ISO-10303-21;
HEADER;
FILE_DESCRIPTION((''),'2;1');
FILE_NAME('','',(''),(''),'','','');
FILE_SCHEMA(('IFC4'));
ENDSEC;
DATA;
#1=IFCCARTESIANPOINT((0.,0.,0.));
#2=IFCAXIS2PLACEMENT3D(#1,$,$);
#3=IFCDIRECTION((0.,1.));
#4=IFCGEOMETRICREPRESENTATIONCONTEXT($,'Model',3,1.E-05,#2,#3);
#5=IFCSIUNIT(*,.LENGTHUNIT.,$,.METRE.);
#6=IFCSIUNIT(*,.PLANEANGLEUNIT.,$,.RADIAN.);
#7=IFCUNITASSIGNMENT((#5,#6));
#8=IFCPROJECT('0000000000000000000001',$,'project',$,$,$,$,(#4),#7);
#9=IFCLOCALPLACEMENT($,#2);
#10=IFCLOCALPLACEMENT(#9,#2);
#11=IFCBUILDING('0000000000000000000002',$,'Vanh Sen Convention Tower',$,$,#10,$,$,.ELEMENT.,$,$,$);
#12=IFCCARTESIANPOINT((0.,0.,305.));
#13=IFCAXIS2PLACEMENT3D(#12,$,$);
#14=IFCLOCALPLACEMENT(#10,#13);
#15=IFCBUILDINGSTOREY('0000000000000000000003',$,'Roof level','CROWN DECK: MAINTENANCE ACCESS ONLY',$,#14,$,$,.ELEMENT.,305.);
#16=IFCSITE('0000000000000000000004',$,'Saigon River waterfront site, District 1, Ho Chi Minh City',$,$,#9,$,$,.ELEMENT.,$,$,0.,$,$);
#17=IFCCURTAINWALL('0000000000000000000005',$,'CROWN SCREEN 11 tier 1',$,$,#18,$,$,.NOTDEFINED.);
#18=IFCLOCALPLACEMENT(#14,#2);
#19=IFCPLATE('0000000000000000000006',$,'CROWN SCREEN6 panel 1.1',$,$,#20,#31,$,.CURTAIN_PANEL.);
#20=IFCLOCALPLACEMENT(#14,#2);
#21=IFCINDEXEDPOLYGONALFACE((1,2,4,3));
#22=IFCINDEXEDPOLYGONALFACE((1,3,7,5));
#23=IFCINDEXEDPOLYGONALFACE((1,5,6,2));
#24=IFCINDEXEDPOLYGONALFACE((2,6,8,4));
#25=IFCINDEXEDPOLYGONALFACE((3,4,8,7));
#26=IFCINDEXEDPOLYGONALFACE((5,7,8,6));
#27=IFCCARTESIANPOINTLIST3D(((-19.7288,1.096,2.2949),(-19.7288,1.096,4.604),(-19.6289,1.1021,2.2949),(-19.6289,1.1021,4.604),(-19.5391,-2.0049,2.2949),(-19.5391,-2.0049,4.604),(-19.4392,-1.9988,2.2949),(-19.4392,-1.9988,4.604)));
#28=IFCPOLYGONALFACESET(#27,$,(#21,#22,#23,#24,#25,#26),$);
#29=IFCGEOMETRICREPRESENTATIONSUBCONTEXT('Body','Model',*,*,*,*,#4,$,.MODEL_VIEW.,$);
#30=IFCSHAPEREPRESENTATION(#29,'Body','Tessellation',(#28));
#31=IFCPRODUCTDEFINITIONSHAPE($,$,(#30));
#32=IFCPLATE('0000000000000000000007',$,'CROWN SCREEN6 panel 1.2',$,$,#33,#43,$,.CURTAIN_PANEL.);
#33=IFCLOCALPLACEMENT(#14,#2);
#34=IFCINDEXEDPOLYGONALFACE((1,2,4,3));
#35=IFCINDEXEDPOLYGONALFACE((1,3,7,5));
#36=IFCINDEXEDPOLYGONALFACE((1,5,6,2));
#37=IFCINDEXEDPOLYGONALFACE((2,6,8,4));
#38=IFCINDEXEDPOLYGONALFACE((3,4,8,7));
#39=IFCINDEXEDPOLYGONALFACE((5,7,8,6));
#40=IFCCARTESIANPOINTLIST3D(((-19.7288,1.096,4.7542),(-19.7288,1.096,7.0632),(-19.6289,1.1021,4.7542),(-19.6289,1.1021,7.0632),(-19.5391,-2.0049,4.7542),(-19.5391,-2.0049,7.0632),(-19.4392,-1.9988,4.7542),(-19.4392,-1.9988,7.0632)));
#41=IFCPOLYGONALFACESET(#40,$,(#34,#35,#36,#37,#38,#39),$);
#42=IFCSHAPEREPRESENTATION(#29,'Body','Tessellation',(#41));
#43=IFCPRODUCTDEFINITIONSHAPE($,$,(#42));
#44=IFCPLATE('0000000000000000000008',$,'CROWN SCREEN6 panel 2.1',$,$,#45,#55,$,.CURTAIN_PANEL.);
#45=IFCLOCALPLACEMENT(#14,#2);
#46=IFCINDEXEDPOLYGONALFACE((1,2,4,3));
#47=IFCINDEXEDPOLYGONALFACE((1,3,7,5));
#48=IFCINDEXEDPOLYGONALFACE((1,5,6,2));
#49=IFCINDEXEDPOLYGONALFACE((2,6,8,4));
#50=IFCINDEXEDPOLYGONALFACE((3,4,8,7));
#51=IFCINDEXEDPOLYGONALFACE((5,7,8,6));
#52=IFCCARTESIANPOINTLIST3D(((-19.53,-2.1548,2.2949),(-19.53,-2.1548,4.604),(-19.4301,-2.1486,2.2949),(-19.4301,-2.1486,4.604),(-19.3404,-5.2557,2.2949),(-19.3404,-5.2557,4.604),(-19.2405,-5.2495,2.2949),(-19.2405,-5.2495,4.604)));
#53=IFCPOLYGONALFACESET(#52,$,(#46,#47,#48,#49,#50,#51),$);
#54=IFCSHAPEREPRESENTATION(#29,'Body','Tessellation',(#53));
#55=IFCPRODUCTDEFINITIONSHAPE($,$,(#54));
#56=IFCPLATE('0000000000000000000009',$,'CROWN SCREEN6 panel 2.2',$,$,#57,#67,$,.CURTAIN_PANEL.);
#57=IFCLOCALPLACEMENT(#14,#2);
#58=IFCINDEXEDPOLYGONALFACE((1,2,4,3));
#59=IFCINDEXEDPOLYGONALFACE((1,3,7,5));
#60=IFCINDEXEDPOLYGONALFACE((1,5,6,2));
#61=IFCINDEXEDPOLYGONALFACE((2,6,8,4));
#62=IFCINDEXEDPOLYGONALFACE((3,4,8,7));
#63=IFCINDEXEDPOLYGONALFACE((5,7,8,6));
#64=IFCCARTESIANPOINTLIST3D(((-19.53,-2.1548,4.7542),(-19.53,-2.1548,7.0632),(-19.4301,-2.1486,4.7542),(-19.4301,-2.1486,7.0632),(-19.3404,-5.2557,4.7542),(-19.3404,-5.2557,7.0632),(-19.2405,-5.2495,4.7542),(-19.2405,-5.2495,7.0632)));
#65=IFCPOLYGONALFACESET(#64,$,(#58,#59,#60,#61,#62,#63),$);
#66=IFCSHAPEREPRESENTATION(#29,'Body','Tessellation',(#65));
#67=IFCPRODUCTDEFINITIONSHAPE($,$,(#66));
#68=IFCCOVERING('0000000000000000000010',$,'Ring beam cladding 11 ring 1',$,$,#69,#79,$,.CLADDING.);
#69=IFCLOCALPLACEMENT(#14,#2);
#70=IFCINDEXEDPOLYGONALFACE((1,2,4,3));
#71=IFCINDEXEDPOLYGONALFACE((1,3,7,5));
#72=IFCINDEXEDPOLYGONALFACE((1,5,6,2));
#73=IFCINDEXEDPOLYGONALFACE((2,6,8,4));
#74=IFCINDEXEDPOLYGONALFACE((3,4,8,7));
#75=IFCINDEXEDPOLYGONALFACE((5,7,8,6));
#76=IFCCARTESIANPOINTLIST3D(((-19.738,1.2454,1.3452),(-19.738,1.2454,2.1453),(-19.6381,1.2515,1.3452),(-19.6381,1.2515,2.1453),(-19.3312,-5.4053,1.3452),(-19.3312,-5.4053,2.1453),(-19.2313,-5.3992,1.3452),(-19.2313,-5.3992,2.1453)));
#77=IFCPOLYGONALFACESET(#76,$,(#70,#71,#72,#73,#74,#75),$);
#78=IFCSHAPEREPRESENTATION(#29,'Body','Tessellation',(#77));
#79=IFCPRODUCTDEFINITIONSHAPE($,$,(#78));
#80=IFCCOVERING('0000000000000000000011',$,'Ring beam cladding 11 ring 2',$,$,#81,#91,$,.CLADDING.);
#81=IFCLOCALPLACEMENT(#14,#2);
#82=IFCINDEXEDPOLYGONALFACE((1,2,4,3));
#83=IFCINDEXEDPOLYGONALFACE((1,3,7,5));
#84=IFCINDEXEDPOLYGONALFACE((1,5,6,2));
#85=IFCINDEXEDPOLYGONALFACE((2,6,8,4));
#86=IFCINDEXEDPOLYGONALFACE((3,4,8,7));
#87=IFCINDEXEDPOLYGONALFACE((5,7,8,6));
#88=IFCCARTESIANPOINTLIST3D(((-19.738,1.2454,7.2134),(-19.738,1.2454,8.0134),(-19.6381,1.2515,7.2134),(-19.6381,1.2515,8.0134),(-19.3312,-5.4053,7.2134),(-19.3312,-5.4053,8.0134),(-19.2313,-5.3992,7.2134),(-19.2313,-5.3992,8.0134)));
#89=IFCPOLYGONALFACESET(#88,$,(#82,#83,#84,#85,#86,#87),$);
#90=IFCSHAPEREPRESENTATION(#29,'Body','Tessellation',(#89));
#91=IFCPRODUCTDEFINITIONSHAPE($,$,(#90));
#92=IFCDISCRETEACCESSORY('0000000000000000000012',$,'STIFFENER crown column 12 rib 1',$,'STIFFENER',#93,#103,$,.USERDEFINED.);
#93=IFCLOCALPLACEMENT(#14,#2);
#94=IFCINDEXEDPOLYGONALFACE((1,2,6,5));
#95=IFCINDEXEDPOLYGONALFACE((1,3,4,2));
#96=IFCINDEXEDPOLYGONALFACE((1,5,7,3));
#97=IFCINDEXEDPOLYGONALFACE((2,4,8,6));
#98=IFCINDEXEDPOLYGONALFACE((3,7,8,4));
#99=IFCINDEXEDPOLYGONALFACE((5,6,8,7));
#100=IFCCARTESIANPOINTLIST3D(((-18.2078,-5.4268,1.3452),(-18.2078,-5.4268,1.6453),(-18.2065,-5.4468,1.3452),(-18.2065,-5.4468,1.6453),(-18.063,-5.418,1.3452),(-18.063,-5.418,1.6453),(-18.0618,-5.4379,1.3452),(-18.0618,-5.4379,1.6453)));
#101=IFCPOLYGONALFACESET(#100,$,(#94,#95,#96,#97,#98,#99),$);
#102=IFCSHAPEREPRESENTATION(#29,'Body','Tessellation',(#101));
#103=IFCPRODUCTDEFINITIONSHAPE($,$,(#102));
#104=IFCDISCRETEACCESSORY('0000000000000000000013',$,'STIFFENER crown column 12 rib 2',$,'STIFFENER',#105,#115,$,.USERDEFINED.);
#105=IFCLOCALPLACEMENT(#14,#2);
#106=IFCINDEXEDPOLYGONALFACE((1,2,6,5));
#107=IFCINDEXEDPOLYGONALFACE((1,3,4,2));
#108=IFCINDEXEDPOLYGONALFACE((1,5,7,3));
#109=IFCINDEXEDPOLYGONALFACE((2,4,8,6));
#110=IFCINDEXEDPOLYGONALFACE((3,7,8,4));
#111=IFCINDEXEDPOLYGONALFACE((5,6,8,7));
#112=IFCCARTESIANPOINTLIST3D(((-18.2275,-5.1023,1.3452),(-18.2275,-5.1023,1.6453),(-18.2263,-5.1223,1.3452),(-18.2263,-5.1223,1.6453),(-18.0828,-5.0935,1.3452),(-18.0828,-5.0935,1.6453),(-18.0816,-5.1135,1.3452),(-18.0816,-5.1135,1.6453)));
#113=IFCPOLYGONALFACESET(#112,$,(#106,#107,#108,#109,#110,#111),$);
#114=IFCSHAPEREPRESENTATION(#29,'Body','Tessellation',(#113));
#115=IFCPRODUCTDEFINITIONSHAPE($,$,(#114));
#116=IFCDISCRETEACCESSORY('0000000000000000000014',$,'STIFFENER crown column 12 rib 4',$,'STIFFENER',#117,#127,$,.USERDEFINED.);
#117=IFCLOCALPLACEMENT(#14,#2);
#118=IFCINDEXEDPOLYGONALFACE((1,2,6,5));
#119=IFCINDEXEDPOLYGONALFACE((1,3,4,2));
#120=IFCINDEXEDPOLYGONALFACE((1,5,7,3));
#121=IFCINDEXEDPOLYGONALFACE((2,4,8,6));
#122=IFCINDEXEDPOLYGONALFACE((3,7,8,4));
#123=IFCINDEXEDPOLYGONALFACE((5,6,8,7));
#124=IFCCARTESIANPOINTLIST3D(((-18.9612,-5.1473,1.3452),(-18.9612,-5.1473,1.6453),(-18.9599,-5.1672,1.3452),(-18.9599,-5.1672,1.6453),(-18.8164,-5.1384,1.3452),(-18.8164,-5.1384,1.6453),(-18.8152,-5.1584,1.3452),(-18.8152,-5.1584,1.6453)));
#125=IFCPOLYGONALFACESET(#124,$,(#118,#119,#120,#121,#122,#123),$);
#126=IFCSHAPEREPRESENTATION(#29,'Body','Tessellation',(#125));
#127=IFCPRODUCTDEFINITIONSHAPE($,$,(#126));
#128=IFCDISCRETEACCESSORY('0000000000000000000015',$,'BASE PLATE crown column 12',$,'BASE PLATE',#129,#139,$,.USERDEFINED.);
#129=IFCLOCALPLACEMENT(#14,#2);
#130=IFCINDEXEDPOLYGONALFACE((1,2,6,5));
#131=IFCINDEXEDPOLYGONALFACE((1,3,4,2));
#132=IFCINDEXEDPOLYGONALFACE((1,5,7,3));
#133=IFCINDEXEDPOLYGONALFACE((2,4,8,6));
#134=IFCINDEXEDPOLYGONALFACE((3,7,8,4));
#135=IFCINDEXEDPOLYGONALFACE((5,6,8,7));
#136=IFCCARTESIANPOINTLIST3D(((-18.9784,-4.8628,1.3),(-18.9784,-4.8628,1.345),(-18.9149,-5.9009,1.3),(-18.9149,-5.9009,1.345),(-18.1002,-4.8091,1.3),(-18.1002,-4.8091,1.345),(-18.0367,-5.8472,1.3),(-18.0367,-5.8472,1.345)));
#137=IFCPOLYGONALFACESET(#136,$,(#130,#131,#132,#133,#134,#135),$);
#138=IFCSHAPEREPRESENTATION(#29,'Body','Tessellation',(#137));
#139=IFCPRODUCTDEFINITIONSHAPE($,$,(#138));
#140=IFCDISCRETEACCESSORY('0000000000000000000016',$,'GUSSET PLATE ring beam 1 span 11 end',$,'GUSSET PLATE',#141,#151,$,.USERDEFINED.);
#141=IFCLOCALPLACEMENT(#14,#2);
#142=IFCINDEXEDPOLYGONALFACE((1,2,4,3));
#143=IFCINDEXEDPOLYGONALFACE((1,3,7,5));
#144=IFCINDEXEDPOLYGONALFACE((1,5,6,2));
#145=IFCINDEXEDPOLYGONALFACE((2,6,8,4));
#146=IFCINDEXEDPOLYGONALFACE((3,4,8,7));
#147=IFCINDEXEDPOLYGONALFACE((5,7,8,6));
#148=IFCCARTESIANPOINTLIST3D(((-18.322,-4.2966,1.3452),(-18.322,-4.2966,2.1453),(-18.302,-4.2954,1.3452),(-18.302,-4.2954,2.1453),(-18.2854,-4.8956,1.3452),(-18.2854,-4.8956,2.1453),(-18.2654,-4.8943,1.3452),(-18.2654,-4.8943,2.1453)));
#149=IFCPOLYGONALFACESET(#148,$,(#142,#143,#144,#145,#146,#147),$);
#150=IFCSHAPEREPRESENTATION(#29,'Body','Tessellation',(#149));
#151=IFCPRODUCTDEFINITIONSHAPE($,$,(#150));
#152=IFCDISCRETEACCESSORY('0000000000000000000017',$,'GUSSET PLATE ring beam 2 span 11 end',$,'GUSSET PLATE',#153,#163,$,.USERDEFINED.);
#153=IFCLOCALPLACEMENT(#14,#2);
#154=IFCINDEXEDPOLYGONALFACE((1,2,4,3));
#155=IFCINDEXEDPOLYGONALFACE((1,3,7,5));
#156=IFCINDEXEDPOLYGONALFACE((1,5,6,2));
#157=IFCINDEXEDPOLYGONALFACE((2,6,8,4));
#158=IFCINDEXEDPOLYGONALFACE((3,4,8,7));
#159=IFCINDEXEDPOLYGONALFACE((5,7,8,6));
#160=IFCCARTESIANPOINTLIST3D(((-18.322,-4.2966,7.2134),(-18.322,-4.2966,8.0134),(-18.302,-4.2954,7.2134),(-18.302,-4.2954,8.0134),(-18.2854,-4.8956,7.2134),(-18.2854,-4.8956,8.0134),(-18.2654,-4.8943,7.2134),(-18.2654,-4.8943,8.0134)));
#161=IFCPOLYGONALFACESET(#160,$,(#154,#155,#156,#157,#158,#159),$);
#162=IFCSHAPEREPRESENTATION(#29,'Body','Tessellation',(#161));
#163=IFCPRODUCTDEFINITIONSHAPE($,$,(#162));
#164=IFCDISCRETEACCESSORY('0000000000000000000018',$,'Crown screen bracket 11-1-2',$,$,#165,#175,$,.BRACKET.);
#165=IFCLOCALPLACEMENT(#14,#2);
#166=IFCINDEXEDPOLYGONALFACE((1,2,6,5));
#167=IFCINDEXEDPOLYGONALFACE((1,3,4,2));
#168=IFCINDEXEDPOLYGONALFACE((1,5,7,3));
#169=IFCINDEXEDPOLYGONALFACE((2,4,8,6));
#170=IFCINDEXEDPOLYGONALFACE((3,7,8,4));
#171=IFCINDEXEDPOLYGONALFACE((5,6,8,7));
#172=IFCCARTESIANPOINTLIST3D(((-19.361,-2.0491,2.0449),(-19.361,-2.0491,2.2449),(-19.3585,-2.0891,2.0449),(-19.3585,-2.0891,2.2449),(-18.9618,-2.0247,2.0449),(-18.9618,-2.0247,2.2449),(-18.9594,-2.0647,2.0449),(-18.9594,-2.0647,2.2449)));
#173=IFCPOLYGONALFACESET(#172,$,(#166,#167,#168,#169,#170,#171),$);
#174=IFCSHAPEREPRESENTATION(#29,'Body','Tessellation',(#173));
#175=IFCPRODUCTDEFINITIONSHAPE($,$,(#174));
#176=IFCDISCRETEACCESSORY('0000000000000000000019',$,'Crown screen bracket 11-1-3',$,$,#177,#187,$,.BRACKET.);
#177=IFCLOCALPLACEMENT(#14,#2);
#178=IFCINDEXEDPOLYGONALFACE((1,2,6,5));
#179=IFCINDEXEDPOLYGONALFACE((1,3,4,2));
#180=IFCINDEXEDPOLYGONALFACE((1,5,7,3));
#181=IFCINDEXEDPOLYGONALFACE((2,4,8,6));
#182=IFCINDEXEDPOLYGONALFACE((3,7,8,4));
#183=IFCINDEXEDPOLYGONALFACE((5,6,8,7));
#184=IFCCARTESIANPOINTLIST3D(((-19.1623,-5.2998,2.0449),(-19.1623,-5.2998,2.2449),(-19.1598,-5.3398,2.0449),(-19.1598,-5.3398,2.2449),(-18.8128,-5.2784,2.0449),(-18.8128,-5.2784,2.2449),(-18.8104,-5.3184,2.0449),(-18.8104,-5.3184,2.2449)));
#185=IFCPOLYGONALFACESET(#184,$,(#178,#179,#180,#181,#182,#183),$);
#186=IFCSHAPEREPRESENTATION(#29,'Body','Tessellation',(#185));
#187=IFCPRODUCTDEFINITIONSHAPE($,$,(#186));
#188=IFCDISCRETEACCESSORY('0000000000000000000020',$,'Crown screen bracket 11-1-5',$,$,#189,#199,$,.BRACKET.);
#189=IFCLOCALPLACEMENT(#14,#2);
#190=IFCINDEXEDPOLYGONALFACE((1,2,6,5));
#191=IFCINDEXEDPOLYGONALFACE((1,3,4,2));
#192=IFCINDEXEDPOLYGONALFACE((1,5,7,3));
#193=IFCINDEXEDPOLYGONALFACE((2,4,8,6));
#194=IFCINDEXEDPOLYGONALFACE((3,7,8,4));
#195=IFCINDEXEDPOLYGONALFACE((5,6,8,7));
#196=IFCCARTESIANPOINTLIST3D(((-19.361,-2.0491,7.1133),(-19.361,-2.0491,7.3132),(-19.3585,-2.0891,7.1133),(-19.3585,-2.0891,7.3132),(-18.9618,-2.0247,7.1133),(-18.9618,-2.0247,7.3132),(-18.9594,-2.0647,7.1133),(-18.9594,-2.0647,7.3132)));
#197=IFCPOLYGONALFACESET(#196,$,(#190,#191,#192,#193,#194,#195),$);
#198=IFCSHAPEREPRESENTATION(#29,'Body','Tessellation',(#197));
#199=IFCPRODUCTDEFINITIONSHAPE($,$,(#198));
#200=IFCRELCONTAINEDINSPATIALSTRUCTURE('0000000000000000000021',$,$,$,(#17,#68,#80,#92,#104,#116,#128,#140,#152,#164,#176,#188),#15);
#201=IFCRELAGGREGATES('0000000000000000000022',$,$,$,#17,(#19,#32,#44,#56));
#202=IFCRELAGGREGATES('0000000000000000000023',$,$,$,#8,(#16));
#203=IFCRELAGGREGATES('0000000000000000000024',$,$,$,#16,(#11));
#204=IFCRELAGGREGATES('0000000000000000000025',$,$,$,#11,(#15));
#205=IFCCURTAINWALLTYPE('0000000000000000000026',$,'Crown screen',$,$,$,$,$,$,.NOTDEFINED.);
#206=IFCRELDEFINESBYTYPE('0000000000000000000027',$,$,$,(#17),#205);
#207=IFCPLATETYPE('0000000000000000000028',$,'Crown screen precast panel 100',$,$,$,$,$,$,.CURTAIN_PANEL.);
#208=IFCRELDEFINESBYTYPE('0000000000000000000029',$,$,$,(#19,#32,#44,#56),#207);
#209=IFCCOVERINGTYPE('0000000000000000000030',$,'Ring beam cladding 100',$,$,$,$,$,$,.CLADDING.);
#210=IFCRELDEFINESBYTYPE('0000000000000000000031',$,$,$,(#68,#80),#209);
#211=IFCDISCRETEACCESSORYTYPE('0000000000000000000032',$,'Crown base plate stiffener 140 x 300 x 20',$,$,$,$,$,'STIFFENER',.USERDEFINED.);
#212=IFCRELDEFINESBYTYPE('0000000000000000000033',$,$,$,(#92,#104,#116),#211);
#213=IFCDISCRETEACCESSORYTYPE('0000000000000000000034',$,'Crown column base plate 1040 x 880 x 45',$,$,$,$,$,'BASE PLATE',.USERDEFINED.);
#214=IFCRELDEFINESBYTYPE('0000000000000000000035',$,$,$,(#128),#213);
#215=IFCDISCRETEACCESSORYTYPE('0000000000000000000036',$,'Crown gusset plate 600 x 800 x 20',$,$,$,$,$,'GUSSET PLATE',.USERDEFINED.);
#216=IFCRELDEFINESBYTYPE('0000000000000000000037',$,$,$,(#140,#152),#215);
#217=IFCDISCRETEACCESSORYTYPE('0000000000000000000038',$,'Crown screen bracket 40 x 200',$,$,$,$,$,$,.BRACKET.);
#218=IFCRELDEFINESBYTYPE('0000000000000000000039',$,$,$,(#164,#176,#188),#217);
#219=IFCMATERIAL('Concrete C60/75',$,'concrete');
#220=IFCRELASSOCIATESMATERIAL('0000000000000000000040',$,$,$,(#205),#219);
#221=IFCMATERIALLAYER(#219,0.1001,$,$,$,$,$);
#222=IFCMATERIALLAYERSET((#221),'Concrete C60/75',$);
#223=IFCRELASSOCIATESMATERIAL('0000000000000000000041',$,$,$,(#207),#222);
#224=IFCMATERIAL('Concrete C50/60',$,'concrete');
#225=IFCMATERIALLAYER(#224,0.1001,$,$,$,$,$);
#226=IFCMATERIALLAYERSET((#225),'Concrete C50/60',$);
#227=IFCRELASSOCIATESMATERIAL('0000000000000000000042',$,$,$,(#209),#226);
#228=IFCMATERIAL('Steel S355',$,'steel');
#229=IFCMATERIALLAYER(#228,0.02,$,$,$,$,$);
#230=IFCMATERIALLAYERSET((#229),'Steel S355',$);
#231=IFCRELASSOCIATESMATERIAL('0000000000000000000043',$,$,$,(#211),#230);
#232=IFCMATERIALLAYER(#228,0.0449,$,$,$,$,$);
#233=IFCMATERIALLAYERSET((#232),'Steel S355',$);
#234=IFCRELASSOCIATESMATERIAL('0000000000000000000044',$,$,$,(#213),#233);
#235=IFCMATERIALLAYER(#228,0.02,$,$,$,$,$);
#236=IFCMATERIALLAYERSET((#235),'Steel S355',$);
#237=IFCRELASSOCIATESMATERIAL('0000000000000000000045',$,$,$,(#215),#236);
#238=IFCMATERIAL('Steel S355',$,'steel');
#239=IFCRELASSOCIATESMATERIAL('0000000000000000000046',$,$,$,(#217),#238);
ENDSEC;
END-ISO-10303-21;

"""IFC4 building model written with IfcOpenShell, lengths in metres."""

from ifc_helpers import new_model, si_unit, direction, frame, origin, origin_2d, place, context, subcontext, project, spatial, rectangle, extrude, material, layer, layer_set, type_object, element, aggregate, save


model = new_model("IFC4")

# Units and contexts
model_context = context("Model", 3, precision=1e-05, world=origin(), true_north=direction((0.0, 1.0)))
body_context = subcontext(model_context, "Body", "Model", "MODEL_VIEW")
ifc_project = project(units=[si_unit("LENGTHUNIT", "METRE"), si_unit("PLANEANGLEUNIT", "RADIAN")], contexts=[model_context])

# Site, building, storey
site_placement = place(None, origin())
site = spatial("IfcSite", under=ifc_project, at=site_placement, Name="Saigon River waterfront site, District 1, Ho Chi Minh City", CompositionType="ELEMENT", RefElevation=0.0)
building_placement = place(site_placement, origin())
building = spatial("IfcBuilding", under=site, at=building_placement, Name="Vanh Sen Convention Tower", CompositionType="ELEMENT")
storey_placement = place(building_placement, frame((0.0, 0.0, 305.0)))
storey = spatial("IfcBuildingStorey", under=building, at=storey_placement, Name="Roof level", Description="CROWN DECK: MAINTENANCE ACCESS ONLY", CompositionType="ELEMENT", Elevation=305.0)

# Curtain wall
ifc_material_1 = material(Name="Concrete C60/75", Category="concrete")
curtain_wall_type = type_object("IfcCurtainWallType", Name="Crown screen", PredefinedType="NOTDEFINED", material=ifc_material_1)
curtain_wall_placement = place(storey_placement, origin())
curtain_wall = element("IfcCurtainWall", 1, at=curtain_wall_placement, inside=storey, type_object=curtain_wall_type, Name="CROWN SCREEN 11 tier 1", PredefinedType="NOTDEFINED")

# Plates
ifc_layer_1 = layer(ifc_material_1, 0.1001)
ifc_layer_set_1 = layer_set([ifc_layer_1], Name="Concrete C60/75")
plate_type = type_object("IfcPlateType", Name="Crown screen precast panel 100", PredefinedType="CURTAIN_PANEL", material=ifc_layer_set_1)
plate_1_placement = place(storey_placement, frame((-19.584, -0.4514, 2.2949), z_axis=(0.0, 0.0, 1.0), x_axis=(0.061051, -0.998135, 0.0)))
plate_1 = element("IfcPlate", 2, at=plate_1_placement, type_object=plate_type, Name="CROWN SCREEN6 panel 1.1", PredefinedType="CURTAIN_PANEL", context=body_context, shape_type="SweptSolid", body=[
    extrude(rectangle(XDim=3.1067, YDim=0.1001, at=origin_2d()), origin(), (0.0, 0.0, 1.0), 2.3091),
])
plate_2_placement = place(storey_placement, frame((-19.584, -0.4514, 4.7542), z_axis=(0.0, 0.0, 1.0), x_axis=(0.061051, -0.998135, 0.0)))
plate_2 = element("IfcPlate", 3, at=plate_2_placement, type_object=plate_type, Name="CROWN SCREEN6 panel 1.2", PredefinedType="CURTAIN_PANEL", context=body_context, shape_type="SweptSolid", body=[
    extrude(rectangle(XDim=3.1067, YDim=0.1001, at=origin_2d()), origin(), (0.0, 0.0, 1.0), 2.3091),
])
plate_3_placement = place(storey_placement, frame((-19.3853, -3.7021, 2.2949), z_axis=(0.0, 0.0, 1.0), x_axis=(0.061051, -0.998135, 0.0)))
plate_3 = element("IfcPlate", 4, at=plate_3_placement, type_object=plate_type, Name="CROWN SCREEN6 panel 2.1", PredefinedType="CURTAIN_PANEL", context=body_context, shape_type="SweptSolid", body=[
    extrude(rectangle(XDim=3.1067, YDim=0.1001, at=origin_2d()), origin(), (0.0, 0.0, 1.0), 2.3091),
])
plate_4_placement = place(storey_placement, frame((-19.3853, -3.7021, 4.7542), z_axis=(0.0, 0.0, 1.0), x_axis=(0.061051, -0.998135, 0.0)))
plate_4 = element("IfcPlate", 5, at=plate_4_placement, type_object=plate_type, Name="CROWN SCREEN6 panel 2.2", PredefinedType="CURTAIN_PANEL", context=body_context, shape_type="SweptSolid", body=[
    extrude(rectangle(XDim=3.1067, YDim=0.1001, at=origin_2d()), origin(), (0.0, 0.0, 1.0), 2.3091),
])
aggregate(curtain_wall, [plate_1, plate_2, plate_3, plate_4])

# Coverings
ifc_material_2 = material(Name="Concrete C50/60", Category="concrete")
ifc_layer_2 = layer(ifc_material_2, 0.1001)
ifc_layer_set_2 = layer_set([ifc_layer_2], Name="Concrete C50/60")
covering_type = type_object("IfcCoveringType", Name="Ring beam cladding 100", PredefinedType="CLADDING", material=ifc_layer_set_2)
for number, where, z_axis, x_axis, name in (
    (6, (-19.4846, -2.0769, 1.3452), (0.0, 0.0, 1.0), (0.061052, -0.998135, 0.0), "Ring beam cladding 11 ring 1"),
    (7, (-19.4846, -2.0769, 7.2134), (0.0, 0.0, 1.0), (0.061052, -0.998135, 0.0), "Ring beam cladding 11 ring 2"),
):
    element("IfcCovering", number, at=place(storey_placement, frame(where, z_axis=z_axis, x_axis=x_axis)), inside=storey, type_object=covering_type, Name=name, PredefinedType="CLADDING", context=body_context, shape_type="SweptSolid", body=[
        extrude(rectangle(XDim=6.6631, YDim=0.1001, at=origin_2d()), origin(), (0.0, 0.0, 1.0), 0.8),
    ])

# Discrete accessories
ifc_material_3 = material(Name="Steel S355", Category="steel")
ifc_layer_3 = layer(ifc_material_3, 0.02)
ifc_layer_set_3 = layer_set([ifc_layer_3], Name="Steel S355")
discrete_accessory_type_1 = type_object("IfcDiscreteAccessoryType", Name="Crown base plate stiffener 140 x 300 x 20", ElementType="STIFFENER", PredefinedType="USERDEFINED", material=ifc_layer_set_3)
for number, where, z_axis, x_axis, name in (
    (8, (-18.1348, -5.4324, 1.3452), (0.0, 0.0, 1.0), (0.998135, 0.061049, 0.0), "STIFFENER crown column 12 rib 1"),
    (9, (-18.1545, -5.1079, 1.3452), (0.0, 0.0, 1.0), (0.998135, 0.061049, 0.0), "STIFFENER crown column 12 rib 2"),
    (10, (-18.8882, -5.1528, 1.3452), (0.0, 0.0, 1.0), (0.998135, 0.061049, 0.0), "STIFFENER crown column 12 rib 4"),
):
    element("IfcDiscreteAccessory", number, at=place(storey_placement, frame(where, z_axis=z_axis, x_axis=x_axis)), inside=storey, type_object=discrete_accessory_type_1, Name=name, ObjectType="STIFFENER", PredefinedType="USERDEFINED", context=body_context, shape_type="SweptSolid", body=[
        extrude(rectangle(XDim=0.145, YDim=0.02, at=origin_2d()), origin(), (0.0, 0.0, 1.0), 0.3),
    ])
ifc_layer_4 = layer(ifc_material_3, 0.0449)
ifc_layer_set_4 = layer_set([ifc_layer_4], Name="Steel S355")
discrete_accessory_type_2 = type_object("IfcDiscreteAccessoryType", Name="Crown column base plate 1040 x 880 x 45", ElementType="BASE PLATE", PredefinedType="USERDEFINED", material=ifc_layer_set_4)
discrete_accessory_1_placement = place(storey_placement, frame((-18.5076, -5.355, 1.3), z_axis=(0.0, 0.0, 1.0), x_axis=(0.061049, -0.998135, 0.0)))
element("IfcDiscreteAccessory", 11, at=discrete_accessory_1_placement, inside=storey, type_object=discrete_accessory_type_2, Name="BASE PLATE crown column 12", ObjectType="BASE PLATE", PredefinedType="USERDEFINED", context=body_context, shape_type="SweptSolid", body=[
    extrude(rectangle(XDim=1.04, YDim=0.8799, at=origin_2d()), origin(), (0.0, 0.0, 1.0), 0.0449),
])
ifc_layer_5 = layer(ifc_material_3, 0.02)
ifc_layer_set_5 = layer_set([ifc_layer_5], Name="Steel S355")
discrete_accessory_type_3 = type_object("IfcDiscreteAccessoryType", Name="Crown gusset plate 600 x 800 x 20", ElementType="GUSSET PLATE", PredefinedType="USERDEFINED", material=ifc_layer_set_5)
for number, where, z_axis, x_axis, name in (
    (12, (-18.2937, -4.5955, 1.3452), (0.0, 0.0, 1.0), (-0.061052, 0.998135, 0.0), "GUSSET PLATE ring beam 1 span 11 end"),
    (13, (-18.2937, -4.5955, 7.2134), (0.0, 0.0, 1.0), (-0.061052, 0.998135, 0.0), "GUSSET PLATE ring beam 2 span 11 end"),
):
    element("IfcDiscreteAccessory", number, at=place(storey_placement, frame(where, z_axis=z_axis, x_axis=x_axis)), inside=storey, type_object=discrete_accessory_type_3, Name=name, ObjectType="GUSSET PLATE", PredefinedType="USERDEFINED", context=body_context, shape_type="SweptSolid", body=[
        extrude(rectangle(XDim=0.6001, YDim=0.02, at=origin_2d()), origin(), (0.0, 0.0, 1.0), 0.8),
    ])
ifc_material_4 = material(Name="Steel S355", Category="steel")
discrete_accessory_type_4 = type_object("IfcDiscreteAccessoryType", Name="Crown screen bracket 40 x 200", PredefinedType="BRACKET", material=ifc_material_4)
discrete_accessory_2_placement = place(storey_placement, frame((-19.1602, -2.0569, 2.0449), z_axis=(0.0, 0.0, 1.0), x_axis=(-0.998135, -0.061052, 0.0)))
element("IfcDiscreteAccessory", 14, at=discrete_accessory_2_placement, inside=storey, type_object=discrete_accessory_type_4, Name="Crown screen bracket 11-1-2", PredefinedType="BRACKET", context=body_context, shape_type="SweptSolid", body=[
    extrude(rectangle(XDim=0.3999, YDim=0.04, at=origin_2d()), origin(), (0.0, 0.0, 1.0), 0.2),
])
discrete_accessory_3_placement = place(storey_placement, frame((-18.9863, -5.3091, 2.0449), z_axis=(0.0, 0.0, 1.0), x_axis=(-0.998135, -0.061052, 0.0)))
element("IfcDiscreteAccessory", 15, at=discrete_accessory_3_placement, inside=storey, type_object=discrete_accessory_type_4, Name="Crown screen bracket 11-1-3", PredefinedType="BRACKET", context=body_context, shape_type="SweptSolid", body=[
    extrude(rectangle(XDim=0.3501, YDim=0.04, at=origin_2d()), origin(), (0.0, 0.0, 1.0), 0.2),
])
discrete_accessory_4_placement = place(storey_placement, frame((-19.1602, -2.0569, 7.1133), z_axis=(0.0, 0.0, 1.0), x_axis=(-0.998135, -0.061052, 0.0)))
element("IfcDiscreteAccessory", 16, at=discrete_accessory_4_placement, inside=storey, type_object=discrete_accessory_type_4, Name="Crown screen bracket 11-1-5", PredefinedType="BRACKET", context=body_context, shape_type="SweptSolid", body=[
    extrude(rectangle(XDim=0.3999, YDim=0.04, at=origin_2d()), origin(), (0.0, 0.0, 1.0), 0.2),
])

save(model, "model.ifc")
